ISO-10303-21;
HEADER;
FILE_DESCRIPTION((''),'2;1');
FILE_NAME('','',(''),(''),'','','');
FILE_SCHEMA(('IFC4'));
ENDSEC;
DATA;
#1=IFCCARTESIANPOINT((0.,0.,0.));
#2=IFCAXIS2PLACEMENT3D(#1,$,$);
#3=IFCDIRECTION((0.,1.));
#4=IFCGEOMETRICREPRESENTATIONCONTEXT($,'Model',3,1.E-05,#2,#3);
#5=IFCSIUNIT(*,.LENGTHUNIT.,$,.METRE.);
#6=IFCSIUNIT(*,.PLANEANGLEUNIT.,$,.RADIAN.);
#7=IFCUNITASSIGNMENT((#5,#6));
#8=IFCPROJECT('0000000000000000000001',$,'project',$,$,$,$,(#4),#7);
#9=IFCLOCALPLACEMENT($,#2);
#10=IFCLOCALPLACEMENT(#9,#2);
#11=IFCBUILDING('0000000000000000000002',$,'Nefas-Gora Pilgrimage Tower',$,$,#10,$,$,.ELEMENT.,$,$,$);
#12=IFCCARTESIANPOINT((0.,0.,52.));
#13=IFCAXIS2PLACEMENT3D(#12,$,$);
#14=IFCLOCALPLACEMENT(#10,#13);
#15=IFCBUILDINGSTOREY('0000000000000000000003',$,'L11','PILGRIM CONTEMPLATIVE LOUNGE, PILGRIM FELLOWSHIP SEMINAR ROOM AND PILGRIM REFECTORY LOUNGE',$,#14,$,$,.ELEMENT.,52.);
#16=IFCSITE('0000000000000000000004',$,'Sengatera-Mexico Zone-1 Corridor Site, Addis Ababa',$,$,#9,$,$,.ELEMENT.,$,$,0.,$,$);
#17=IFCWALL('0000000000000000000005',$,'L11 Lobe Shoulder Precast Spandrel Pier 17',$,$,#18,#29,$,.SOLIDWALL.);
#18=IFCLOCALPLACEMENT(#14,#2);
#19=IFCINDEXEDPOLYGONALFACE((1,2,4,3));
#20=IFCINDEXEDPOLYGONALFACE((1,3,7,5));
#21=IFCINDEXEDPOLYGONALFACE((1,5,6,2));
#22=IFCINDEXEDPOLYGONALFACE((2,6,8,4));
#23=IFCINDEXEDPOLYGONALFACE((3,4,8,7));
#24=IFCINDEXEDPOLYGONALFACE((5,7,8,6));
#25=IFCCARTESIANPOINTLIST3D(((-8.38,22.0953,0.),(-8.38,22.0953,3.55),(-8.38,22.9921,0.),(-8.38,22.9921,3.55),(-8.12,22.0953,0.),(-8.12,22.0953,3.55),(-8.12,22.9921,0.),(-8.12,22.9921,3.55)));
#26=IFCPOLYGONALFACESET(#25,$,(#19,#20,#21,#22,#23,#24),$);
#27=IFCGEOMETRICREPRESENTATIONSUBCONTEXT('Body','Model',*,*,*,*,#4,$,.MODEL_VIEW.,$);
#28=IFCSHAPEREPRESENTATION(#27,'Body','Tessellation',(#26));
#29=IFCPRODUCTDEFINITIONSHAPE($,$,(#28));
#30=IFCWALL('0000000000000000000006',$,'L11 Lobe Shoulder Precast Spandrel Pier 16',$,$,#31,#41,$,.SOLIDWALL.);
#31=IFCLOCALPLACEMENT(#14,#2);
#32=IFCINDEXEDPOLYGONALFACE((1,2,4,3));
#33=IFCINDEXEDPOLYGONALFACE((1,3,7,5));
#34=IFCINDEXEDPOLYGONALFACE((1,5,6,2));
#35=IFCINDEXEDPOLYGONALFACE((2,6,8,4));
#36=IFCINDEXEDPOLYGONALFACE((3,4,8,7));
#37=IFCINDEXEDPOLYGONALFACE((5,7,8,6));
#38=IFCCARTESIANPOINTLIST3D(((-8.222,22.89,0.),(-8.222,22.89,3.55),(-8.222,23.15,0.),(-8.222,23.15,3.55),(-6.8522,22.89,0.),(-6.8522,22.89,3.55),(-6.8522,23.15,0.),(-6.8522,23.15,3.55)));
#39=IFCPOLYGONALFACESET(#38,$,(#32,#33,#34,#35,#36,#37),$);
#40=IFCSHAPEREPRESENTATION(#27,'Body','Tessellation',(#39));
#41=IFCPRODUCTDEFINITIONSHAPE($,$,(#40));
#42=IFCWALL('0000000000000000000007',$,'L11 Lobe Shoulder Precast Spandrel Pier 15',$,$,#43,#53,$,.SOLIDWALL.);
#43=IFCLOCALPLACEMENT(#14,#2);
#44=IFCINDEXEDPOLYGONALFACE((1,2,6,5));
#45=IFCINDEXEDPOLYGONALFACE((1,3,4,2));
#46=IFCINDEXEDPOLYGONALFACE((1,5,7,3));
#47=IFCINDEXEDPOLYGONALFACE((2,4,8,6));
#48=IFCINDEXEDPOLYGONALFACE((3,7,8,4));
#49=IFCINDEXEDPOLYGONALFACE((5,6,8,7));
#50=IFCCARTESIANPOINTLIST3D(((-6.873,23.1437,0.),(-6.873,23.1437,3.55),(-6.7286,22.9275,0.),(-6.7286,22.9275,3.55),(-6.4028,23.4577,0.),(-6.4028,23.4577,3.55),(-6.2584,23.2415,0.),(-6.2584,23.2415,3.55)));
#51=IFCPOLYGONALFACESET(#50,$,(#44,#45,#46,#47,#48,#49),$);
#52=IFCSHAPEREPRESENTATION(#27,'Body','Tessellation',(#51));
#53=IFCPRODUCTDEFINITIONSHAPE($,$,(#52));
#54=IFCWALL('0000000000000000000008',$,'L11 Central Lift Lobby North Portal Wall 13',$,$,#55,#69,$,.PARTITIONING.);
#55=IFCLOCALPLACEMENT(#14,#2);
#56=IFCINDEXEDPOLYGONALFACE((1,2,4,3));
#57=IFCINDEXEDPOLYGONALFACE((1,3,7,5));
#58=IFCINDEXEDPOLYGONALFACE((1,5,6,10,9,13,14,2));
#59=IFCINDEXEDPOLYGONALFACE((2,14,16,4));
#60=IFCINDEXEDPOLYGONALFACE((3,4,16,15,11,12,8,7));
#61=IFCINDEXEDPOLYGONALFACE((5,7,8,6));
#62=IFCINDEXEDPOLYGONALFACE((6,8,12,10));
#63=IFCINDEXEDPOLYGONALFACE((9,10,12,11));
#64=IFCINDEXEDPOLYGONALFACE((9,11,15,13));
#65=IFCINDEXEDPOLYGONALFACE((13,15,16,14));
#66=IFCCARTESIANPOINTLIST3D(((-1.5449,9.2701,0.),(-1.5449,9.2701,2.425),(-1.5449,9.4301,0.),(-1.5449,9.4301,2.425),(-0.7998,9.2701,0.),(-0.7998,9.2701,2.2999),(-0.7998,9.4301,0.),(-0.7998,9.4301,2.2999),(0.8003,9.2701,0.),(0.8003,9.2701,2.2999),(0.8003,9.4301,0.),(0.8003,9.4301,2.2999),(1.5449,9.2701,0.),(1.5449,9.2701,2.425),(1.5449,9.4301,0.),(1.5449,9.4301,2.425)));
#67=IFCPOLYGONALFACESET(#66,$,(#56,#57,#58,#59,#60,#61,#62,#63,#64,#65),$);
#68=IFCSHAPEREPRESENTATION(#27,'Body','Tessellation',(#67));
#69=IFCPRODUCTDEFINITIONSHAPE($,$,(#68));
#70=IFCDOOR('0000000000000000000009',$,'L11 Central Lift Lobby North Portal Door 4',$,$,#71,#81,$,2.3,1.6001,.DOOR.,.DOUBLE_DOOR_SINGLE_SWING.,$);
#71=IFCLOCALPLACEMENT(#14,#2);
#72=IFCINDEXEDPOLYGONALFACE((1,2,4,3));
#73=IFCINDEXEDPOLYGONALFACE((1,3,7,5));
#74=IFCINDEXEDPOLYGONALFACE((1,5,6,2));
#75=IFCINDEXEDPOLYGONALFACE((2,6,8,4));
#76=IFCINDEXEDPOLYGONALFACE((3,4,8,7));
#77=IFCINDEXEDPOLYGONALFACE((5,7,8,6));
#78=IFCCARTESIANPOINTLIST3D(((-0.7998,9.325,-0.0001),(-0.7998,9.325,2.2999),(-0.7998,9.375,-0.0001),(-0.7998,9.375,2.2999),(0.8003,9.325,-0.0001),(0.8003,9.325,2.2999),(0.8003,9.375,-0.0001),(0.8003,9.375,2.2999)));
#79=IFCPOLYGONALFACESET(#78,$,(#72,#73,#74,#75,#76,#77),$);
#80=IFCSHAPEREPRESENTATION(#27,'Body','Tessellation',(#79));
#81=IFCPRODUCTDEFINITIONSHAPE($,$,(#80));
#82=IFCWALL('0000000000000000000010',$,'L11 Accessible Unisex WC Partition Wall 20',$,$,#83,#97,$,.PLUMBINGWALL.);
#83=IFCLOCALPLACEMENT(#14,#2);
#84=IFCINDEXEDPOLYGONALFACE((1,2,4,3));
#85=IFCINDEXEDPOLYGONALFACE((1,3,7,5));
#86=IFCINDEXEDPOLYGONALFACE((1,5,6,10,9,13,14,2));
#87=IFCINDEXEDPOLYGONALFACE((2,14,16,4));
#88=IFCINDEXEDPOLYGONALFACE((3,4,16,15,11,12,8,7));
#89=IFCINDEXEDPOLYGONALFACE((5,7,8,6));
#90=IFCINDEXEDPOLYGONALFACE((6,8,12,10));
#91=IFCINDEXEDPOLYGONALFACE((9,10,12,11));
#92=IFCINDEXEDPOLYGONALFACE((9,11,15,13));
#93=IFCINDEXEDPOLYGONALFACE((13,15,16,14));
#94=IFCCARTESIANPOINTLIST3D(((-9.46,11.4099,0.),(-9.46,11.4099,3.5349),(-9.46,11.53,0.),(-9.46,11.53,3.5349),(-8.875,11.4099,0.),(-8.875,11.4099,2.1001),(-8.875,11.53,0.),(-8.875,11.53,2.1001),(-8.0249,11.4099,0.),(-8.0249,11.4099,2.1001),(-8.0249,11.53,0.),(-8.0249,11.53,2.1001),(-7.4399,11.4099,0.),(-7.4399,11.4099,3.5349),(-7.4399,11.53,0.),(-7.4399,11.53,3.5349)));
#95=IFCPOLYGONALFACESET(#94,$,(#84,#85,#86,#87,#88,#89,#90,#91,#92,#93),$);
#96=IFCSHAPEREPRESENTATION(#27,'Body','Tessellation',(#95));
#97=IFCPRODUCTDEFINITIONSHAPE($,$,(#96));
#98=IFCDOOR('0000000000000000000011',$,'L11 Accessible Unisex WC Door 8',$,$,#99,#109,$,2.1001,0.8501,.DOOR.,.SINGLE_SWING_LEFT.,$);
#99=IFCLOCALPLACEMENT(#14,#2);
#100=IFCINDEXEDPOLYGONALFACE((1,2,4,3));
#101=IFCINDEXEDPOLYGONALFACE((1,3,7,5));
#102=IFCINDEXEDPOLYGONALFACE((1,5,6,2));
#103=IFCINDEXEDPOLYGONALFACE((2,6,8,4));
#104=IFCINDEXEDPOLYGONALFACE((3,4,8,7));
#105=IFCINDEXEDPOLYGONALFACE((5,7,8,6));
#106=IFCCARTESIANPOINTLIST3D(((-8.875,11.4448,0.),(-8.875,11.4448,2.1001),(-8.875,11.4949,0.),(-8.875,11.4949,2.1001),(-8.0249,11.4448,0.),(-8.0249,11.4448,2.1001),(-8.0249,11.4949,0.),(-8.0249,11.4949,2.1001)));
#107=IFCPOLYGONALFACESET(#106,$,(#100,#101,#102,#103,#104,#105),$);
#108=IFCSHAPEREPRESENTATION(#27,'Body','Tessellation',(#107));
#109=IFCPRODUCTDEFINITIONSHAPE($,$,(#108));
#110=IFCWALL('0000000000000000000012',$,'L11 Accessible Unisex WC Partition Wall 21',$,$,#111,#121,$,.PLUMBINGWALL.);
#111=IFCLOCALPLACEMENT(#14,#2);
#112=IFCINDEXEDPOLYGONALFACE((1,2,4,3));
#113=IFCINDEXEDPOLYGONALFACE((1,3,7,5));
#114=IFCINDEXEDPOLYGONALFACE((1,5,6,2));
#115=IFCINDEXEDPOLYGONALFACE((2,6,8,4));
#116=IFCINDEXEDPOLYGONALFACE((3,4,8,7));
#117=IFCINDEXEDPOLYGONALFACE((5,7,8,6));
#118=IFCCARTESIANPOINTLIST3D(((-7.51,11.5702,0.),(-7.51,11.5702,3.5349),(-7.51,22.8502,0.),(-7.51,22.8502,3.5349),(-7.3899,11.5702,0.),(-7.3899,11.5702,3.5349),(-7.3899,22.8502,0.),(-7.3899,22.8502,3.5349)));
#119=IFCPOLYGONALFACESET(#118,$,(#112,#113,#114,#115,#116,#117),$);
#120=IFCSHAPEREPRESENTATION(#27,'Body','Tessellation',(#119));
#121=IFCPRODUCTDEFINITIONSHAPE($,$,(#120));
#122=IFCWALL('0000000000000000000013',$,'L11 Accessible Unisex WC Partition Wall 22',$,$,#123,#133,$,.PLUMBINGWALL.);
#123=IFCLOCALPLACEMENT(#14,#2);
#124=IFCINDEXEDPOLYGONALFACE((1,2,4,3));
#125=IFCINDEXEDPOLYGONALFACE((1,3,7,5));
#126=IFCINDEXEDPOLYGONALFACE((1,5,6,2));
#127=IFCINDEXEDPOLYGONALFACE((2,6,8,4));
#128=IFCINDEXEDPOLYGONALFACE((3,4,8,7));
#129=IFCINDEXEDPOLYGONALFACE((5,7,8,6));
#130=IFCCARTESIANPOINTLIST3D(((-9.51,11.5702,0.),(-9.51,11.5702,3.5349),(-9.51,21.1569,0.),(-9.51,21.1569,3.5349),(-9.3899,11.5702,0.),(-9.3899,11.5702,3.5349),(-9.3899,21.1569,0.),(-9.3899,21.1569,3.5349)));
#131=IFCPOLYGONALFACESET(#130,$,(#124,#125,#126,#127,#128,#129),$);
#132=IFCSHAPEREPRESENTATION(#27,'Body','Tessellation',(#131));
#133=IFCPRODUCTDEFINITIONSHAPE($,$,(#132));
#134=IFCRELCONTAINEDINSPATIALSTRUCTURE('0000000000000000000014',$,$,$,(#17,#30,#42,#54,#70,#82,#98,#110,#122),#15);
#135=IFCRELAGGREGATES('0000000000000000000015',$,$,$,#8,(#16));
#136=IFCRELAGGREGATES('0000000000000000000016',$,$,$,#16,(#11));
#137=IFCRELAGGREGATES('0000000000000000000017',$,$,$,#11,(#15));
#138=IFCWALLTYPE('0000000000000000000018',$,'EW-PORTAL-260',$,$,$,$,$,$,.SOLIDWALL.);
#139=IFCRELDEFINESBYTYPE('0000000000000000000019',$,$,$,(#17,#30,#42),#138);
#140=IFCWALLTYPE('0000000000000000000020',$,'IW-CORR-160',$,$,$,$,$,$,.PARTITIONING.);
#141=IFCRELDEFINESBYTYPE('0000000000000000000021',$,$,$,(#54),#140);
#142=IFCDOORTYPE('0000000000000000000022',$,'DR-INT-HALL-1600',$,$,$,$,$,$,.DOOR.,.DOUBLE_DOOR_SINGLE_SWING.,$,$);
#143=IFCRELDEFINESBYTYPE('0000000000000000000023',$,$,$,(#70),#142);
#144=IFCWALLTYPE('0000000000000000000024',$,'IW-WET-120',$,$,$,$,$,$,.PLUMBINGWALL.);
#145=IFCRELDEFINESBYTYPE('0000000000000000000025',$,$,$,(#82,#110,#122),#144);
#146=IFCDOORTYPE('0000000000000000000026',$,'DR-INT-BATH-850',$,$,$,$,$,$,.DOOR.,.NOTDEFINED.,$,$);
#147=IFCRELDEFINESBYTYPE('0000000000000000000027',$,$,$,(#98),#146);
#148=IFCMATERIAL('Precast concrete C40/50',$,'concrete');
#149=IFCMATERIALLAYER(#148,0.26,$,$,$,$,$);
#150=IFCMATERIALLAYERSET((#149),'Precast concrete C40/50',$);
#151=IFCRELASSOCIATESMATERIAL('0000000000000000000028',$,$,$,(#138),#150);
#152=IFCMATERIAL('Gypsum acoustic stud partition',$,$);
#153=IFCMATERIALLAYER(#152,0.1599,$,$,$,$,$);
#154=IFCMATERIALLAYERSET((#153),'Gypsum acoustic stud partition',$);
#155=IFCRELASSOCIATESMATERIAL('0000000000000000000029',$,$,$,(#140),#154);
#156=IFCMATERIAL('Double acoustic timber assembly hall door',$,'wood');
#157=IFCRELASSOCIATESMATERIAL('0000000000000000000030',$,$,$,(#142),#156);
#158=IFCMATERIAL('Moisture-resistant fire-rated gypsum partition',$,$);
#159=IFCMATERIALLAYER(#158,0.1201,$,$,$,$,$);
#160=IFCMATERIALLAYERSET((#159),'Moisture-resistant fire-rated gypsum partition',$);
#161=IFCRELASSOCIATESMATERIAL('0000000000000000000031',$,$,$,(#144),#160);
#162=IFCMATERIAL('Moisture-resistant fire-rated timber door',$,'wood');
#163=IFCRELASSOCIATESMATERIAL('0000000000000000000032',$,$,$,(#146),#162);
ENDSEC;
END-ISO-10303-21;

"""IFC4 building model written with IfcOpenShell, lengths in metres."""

from ifc_helpers import new_model, si_unit, direction, frame, frame_2d, origin, place, context, subcontext, project, spatial, rectangle, extrude, source, transform, mapped, material, layer, layer_set, type_object, element, fill, save


model = new_model("IFC4")

# Units and contexts
model_context = context("Model", 3, precision=1e-05, world=origin(), true_north=direction((0.0, 1.0)))
body_context = subcontext(model_context, "Body", "Model", "MODEL_VIEW")
ifc_project = project(units=[si_unit("LENGTHUNIT", "METRE"), si_unit("PLANEANGLEUNIT", "RADIAN")], contexts=[model_context])

# Site, building, storey
site_placement = place(None, origin())
site = spatial("IfcSite", under=ifc_project, at=site_placement, Name="Sengatera-Mexico Zone-1 Corridor Site, Addis Ababa", CompositionType="ELEMENT", RefElevation=0.0)
building_placement = place(site_placement, origin())
building = spatial("IfcBuilding", under=site, at=building_placement, Name="Nefas-Gora Pilgrimage Tower", CompositionType="ELEMENT")
storey_placement = place(building_placement, frame((0.0, 0.0, 52.0)))
storey = spatial("IfcBuildingStorey", under=building, at=storey_placement, Name="L11", Description="PILGRIM CONTEMPLATIVE LOUNGE, PILGRIM FELLOWSHIP SEMINAR ROOM AND PILGRIM REFECTORY LOUNGE", CompositionType="ELEMENT", Elevation=52.0)

# Walls
ifc_material_1 = material(Name="Precast concrete C40/50", Category="concrete")
ifc_layer_1 = layer(ifc_material_1, 0.26)
ifc_layer_set_1 = layer_set([ifc_layer_1], Name="Precast concrete C40/50")
wall_type_1 = type_object("IfcWallType", Name="EW-PORTAL-260", PredefinedType="SOLIDWALL", material=ifc_layer_set_1)
shared_shape_1 = source(origin(), body_context, "Body", "SweptSolid", [
    extrude(rectangle(XDim=0.8967, YDim=0.26, at=frame_2d((0.4482, 0.0))), origin(), (0.0, 0.0, 1.0), 3.55),
])
wall_1_placement = place(storey_placement, frame((-8.25, 22.9919, 0.0), z_axis=(0.0, 0.0, 1.0), x_axis=(0.0, -1.0, 0.0)))
element("IfcWall", 1, at=wall_1_placement, inside=storey, type_object=wall_type_1, Name="L11 Lobe Shoulder Precast Spandrel Pier 17", PredefinedType="SOLIDWALL", context=body_context, shape_type="MappedRepresentation", body=[
    mapped(shared_shape_1, transform((0.0, 0.0, 0.0), x_axis=(1.0, 0.0, 0.0), y_axis=(0.0, 1.0, 0.0), z_axis=(0.0, 0.0, 1.0), scale=1.0)),
])
shared_shape_2 = source(origin(), body_context, "Body", "SweptSolid", [
    extrude(rectangle(XDim=1.3699, YDim=0.26, at=frame_2d((0.6851, 0.0))), origin(), (0.0, 0.0, 1.0), 3.55),
])
wall_2_placement = place(storey_placement, frame((-6.8521, 23.02, 0.0), z_axis=(0.0, 0.0, 1.0), x_axis=(-1.0, 0.0, 0.0)))
element("IfcWall", 2, at=wall_2_placement, inside=storey, type_object=wall_type_1, Name="L11 Lobe Shoulder Precast Spandrel Pier 16", PredefinedType="SOLIDWALL", context=body_context, shape_type="MappedRepresentation", body=[
    mapped(shared_shape_2, transform((0.0, 0.0, 0.0), x_axis=(1.0, 0.0, 0.0), y_axis=(0.0, 1.0, 0.0), z_axis=(0.0, 0.0, 1.0), scale=1.0)),
])
shared_shape_3 = source(origin(), body_context, "Body", "SweptSolid", [
    extrude(rectangle(XDim=0.5654, YDim=0.26, at=frame_2d((0.2827, 0.0))), origin(), (0.0, 0.0, 1.0), 3.55),
])
wall_3_placement = place(storey_placement, frame((-6.3306, 23.3496, 0.0), z_axis=(0.0, 0.0, 1.0), x_axis=(-0.831651, -0.555298, 0.0)))
element("IfcWall", 3, at=wall_3_placement, inside=storey, type_object=wall_type_1, Name="L11 Lobe Shoulder Precast Spandrel Pier 15", PredefinedType="SOLIDWALL", context=body_context, shape_type="MappedRepresentation", body=[
    mapped(shared_shape_3, transform((0.0, 0.0, 0.0), x_axis=(1.0, 0.0, 0.0), y_axis=(0.0, 1.0, 0.0), z_axis=(0.0, 0.0, 1.0), scale=1.0)),
])

# Walls, openings, doors
ifc_material_2 = material(Name="Gypsum acoustic stud partition")
ifc_layer_2 = layer(ifc_material_2, 0.1599)
ifc_layer_set_2 = layer_set([ifc_layer_2], Name="Gypsum acoustic stud partition")
wall_type_2 = type_object("IfcWallType", Name="IW-CORR-160", PredefinedType="PARTITIONING", material=ifc_layer_set_2)
shared_shape_4 = source(origin(), body_context, "Body", "SweptSolid", [
    extrude(rectangle(XDim=3.0898, YDim=0.1599, at=frame_2d((1.5449, 0.0))), origin(), (0.0, 0.0, 1.0), 2.425),
])
wall_4_placement = place(storey_placement, frame((-1.5449, 9.3501, 0.0), z_axis=(0.0, 0.0, 1.0), x_axis=(1.0, 0.0, 0.0)))
wall_4 = element("IfcWall", 4, at=wall_4_placement, inside=storey, type_object=wall_type_2, Name="L11 Central Lift Lobby North Portal Wall 13", PredefinedType="PARTITIONING", context=body_context, shape_type="MappedRepresentation", body=[
    mapped(shared_shape_4, transform((0.0, 0.0, 0.0), x_axis=(1.0, 0.0, 0.0), y_axis=(0.0, 1.0, 0.0), z_axis=(0.0, 0.0, 1.0), scale=1.0)),
])
opening_1_placement = place(wall_4_placement, frame((0.7451, 0.0, 0.0)))
opening_1 = element("IfcOpeningElement", 5, at=opening_1_placement, cuts=wall_4, PredefinedType="OPENING", context=body_context, shape_type="SweptSolid", body=[
    extrude(rectangle(XDim=1.6001, YDim=2.3, at=frame_2d((0.8, 1.1499))), frame((0.0, 0.0898, 0.0), z_axis=(0.0, -1.0, 0.0), x_axis=(1.0, 0.0, 0.0)), (0.0, 0.0, 1.0), 0.1799),
])
ifc_material_3 = material(Name="Double acoustic timber assembly hall door", Category="wood")
door_type_1 = type_object("IfcDoorType", Name="DR-INT-HALL-1600", OperationType="DOUBLE_DOOR_SINGLE_SWING", PredefinedType="DOOR", material=ifc_material_3)
shared_shape_5 = source(origin(), body_context, "Body", "SweptSolid", [
    extrude(rectangle(XDim=1.6001, YDim=2.3, at=frame_2d((0.8, 1.1499))), frame((0.0, 0.0249, 0.0), z_axis=(0.0, -1.0, 0.0), x_axis=(1.0, 0.0, 0.0)), (0.0, 0.0, 1.0), 0.05),
])
door_1_placement = place(opening_1_placement, origin())
door_1 = element("IfcDoor", 6, at=door_1_placement, inside=storey, type_object=door_type_1, Name="L11 Central Lift Lobby North Portal Door 4", OperationType="DOUBLE_DOOR_SINGLE_SWING", OverallHeight=2.3, OverallWidth=1.6001, PredefinedType="DOOR", context=body_context, shape_type="MappedRepresentation", body=[
    mapped(shared_shape_5, transform((0.0, 0.0, 0.0), x_axis=(1.0, 0.0, 0.0), y_axis=(0.0, 1.0, 0.0), z_axis=(0.0, 0.0, 1.0), scale=1.0)),
])
fill(opening_1, door_1)
ifc_material_4 = material(Name="Moisture-resistant fire-rated gypsum partition")
ifc_layer_3 = layer(ifc_material_4, 0.1201)
ifc_layer_set_3 = layer_set([ifc_layer_3], Name="Moisture-resistant fire-rated gypsum partition")
wall_type_3 = type_object("IfcWallType", Name="IW-WET-120", PredefinedType="PLUMBINGWALL", material=ifc_layer_set_3)
shared_shape_6 = source(origin(), body_context, "Body", "SweptSolid", [
    extrude(rectangle(XDim=2.02, YDim=0.1201, at=frame_2d((1.01, 0.0))), origin(), (0.0, 0.0, 1.0), 3.5349),
])
wall_5_placement = place(storey_placement, frame((-9.46, 11.47, 0.0), z_axis=(0.0, 0.0, 1.0), x_axis=(1.0, 0.0, 0.0)))
wall_5 = element("IfcWall", 7, at=wall_5_placement, inside=storey, type_object=wall_type_3, Name="L11 Accessible Unisex WC Partition Wall 20", PredefinedType="PLUMBINGWALL", context=body_context, shape_type="MappedRepresentation", body=[
    mapped(shared_shape_6, transform((0.0, 0.0, 0.0), x_axis=(1.0, 0.0, 0.0), y_axis=(0.0, 1.0, 0.0), z_axis=(0.0, 0.0, 1.0), scale=1.0)),
])
opening_2_placement = place(wall_5_placement, frame((0.585, 0.0, 0.0)))
opening_2 = element("IfcOpeningElement", 8, at=opening_2_placement, cuts=wall_5, PredefinedType="OPENING", context=body_context, shape_type="SweptSolid", body=[
    extrude(rectangle(XDim=0.8501, YDim=2.1001, at=frame_2d((0.425, 1.05))), frame((0.0, 0.0701, 0.0), z_axis=(0.0, -1.0, 0.0), x_axis=(1.0, 0.0, 0.0)), (0.0, 0.0, 1.0), 0.1401),
])
ifc_material_5 = material(Name="Moisture-resistant fire-rated timber door", Category="wood")
door_type_2 = type_object("IfcDoorType", Name="DR-INT-BATH-850", OperationType="NOTDEFINED", PredefinedType="DOOR", material=ifc_material_5)
shared_shape_7 = source(origin(), body_context, "Body", "SweptSolid", [
    extrude(rectangle(XDim=0.8501, YDim=2.1001, at=frame_2d((0.425, 1.05))), frame((0.0, 0.0249, 0.0), z_axis=(0.0, -1.0, 0.0), x_axis=(1.0, 0.0, 0.0)), (0.0, 0.0, 1.0), 0.05),
])
door_2_placement = place(opening_2_placement, origin())
door_2 = element("IfcDoor", 9, at=door_2_placement, inside=storey, type_object=door_type_2, Name="L11 Accessible Unisex WC Door 8", OperationType="SINGLE_SWING_LEFT", OverallHeight=2.1001, OverallWidth=0.8501, PredefinedType="DOOR", context=body_context, shape_type="MappedRepresentation", body=[
    mapped(shared_shape_7, transform((0.0, 0.0, 0.0), x_axis=(1.0, 0.0, 0.0), y_axis=(0.0, 1.0, 0.0), z_axis=(0.0, 0.0, 1.0), scale=1.0)),
])
fill(opening_2, door_2)

# Walls
shared_shape_8 = source(origin(), body_context, "Body", "SweptSolid", [
    extrude(rectangle(XDim=11.28, YDim=0.1201, at=frame_2d((5.6401, 0.0))), origin(), (0.0, 0.0, 1.0), 3.5349),
])
wall_6_placement = place(storey_placement, frame((-7.45, 11.5701, 0.0), z_axis=(0.0, 0.0, 1.0), x_axis=(0.0, 1.0, 0.0)))
element("IfcWall", 10, at=wall_6_placement, inside=storey, type_object=wall_type_3, Name="L11 Accessible Unisex WC Partition Wall 21", PredefinedType="PLUMBINGWALL", context=body_context, shape_type="MappedRepresentation", body=[
    mapped(shared_shape_8, transform((0.0, 0.0, 0.0), x_axis=(1.0, 0.0, 0.0), y_axis=(0.0, 1.0, 0.0), z_axis=(0.0, 0.0, 1.0), scale=1.0)),
])
shared_shape_9 = source(origin(), body_context, "Body", "SweptSolid", [
    extrude(rectangle(XDim=9.5867, YDim=0.1201, at=frame_2d((4.7935, 0.0))), origin(), (0.0, 0.0, 1.0), 3.5349),
])
wall_7_placement = place(storey_placement, frame((-9.45, 11.5701, 0.0), z_axis=(0.0, 0.0, 1.0), x_axis=(0.0, 1.0, 0.0)))
element("IfcWall", 11, at=wall_7_placement, inside=storey, type_object=wall_type_3, Name="L11 Accessible Unisex WC Partition Wall 22", PredefinedType="PLUMBINGWALL", context=body_context, shape_type="MappedRepresentation", body=[
    mapped(shared_shape_9, transform((0.0, 0.0, 0.0), x_axis=(1.0, 0.0, 0.0), y_axis=(0.0, 1.0, 0.0), z_axis=(0.0, 0.0, 1.0), scale=1.0)),
])

save(model, "model.ifc")
